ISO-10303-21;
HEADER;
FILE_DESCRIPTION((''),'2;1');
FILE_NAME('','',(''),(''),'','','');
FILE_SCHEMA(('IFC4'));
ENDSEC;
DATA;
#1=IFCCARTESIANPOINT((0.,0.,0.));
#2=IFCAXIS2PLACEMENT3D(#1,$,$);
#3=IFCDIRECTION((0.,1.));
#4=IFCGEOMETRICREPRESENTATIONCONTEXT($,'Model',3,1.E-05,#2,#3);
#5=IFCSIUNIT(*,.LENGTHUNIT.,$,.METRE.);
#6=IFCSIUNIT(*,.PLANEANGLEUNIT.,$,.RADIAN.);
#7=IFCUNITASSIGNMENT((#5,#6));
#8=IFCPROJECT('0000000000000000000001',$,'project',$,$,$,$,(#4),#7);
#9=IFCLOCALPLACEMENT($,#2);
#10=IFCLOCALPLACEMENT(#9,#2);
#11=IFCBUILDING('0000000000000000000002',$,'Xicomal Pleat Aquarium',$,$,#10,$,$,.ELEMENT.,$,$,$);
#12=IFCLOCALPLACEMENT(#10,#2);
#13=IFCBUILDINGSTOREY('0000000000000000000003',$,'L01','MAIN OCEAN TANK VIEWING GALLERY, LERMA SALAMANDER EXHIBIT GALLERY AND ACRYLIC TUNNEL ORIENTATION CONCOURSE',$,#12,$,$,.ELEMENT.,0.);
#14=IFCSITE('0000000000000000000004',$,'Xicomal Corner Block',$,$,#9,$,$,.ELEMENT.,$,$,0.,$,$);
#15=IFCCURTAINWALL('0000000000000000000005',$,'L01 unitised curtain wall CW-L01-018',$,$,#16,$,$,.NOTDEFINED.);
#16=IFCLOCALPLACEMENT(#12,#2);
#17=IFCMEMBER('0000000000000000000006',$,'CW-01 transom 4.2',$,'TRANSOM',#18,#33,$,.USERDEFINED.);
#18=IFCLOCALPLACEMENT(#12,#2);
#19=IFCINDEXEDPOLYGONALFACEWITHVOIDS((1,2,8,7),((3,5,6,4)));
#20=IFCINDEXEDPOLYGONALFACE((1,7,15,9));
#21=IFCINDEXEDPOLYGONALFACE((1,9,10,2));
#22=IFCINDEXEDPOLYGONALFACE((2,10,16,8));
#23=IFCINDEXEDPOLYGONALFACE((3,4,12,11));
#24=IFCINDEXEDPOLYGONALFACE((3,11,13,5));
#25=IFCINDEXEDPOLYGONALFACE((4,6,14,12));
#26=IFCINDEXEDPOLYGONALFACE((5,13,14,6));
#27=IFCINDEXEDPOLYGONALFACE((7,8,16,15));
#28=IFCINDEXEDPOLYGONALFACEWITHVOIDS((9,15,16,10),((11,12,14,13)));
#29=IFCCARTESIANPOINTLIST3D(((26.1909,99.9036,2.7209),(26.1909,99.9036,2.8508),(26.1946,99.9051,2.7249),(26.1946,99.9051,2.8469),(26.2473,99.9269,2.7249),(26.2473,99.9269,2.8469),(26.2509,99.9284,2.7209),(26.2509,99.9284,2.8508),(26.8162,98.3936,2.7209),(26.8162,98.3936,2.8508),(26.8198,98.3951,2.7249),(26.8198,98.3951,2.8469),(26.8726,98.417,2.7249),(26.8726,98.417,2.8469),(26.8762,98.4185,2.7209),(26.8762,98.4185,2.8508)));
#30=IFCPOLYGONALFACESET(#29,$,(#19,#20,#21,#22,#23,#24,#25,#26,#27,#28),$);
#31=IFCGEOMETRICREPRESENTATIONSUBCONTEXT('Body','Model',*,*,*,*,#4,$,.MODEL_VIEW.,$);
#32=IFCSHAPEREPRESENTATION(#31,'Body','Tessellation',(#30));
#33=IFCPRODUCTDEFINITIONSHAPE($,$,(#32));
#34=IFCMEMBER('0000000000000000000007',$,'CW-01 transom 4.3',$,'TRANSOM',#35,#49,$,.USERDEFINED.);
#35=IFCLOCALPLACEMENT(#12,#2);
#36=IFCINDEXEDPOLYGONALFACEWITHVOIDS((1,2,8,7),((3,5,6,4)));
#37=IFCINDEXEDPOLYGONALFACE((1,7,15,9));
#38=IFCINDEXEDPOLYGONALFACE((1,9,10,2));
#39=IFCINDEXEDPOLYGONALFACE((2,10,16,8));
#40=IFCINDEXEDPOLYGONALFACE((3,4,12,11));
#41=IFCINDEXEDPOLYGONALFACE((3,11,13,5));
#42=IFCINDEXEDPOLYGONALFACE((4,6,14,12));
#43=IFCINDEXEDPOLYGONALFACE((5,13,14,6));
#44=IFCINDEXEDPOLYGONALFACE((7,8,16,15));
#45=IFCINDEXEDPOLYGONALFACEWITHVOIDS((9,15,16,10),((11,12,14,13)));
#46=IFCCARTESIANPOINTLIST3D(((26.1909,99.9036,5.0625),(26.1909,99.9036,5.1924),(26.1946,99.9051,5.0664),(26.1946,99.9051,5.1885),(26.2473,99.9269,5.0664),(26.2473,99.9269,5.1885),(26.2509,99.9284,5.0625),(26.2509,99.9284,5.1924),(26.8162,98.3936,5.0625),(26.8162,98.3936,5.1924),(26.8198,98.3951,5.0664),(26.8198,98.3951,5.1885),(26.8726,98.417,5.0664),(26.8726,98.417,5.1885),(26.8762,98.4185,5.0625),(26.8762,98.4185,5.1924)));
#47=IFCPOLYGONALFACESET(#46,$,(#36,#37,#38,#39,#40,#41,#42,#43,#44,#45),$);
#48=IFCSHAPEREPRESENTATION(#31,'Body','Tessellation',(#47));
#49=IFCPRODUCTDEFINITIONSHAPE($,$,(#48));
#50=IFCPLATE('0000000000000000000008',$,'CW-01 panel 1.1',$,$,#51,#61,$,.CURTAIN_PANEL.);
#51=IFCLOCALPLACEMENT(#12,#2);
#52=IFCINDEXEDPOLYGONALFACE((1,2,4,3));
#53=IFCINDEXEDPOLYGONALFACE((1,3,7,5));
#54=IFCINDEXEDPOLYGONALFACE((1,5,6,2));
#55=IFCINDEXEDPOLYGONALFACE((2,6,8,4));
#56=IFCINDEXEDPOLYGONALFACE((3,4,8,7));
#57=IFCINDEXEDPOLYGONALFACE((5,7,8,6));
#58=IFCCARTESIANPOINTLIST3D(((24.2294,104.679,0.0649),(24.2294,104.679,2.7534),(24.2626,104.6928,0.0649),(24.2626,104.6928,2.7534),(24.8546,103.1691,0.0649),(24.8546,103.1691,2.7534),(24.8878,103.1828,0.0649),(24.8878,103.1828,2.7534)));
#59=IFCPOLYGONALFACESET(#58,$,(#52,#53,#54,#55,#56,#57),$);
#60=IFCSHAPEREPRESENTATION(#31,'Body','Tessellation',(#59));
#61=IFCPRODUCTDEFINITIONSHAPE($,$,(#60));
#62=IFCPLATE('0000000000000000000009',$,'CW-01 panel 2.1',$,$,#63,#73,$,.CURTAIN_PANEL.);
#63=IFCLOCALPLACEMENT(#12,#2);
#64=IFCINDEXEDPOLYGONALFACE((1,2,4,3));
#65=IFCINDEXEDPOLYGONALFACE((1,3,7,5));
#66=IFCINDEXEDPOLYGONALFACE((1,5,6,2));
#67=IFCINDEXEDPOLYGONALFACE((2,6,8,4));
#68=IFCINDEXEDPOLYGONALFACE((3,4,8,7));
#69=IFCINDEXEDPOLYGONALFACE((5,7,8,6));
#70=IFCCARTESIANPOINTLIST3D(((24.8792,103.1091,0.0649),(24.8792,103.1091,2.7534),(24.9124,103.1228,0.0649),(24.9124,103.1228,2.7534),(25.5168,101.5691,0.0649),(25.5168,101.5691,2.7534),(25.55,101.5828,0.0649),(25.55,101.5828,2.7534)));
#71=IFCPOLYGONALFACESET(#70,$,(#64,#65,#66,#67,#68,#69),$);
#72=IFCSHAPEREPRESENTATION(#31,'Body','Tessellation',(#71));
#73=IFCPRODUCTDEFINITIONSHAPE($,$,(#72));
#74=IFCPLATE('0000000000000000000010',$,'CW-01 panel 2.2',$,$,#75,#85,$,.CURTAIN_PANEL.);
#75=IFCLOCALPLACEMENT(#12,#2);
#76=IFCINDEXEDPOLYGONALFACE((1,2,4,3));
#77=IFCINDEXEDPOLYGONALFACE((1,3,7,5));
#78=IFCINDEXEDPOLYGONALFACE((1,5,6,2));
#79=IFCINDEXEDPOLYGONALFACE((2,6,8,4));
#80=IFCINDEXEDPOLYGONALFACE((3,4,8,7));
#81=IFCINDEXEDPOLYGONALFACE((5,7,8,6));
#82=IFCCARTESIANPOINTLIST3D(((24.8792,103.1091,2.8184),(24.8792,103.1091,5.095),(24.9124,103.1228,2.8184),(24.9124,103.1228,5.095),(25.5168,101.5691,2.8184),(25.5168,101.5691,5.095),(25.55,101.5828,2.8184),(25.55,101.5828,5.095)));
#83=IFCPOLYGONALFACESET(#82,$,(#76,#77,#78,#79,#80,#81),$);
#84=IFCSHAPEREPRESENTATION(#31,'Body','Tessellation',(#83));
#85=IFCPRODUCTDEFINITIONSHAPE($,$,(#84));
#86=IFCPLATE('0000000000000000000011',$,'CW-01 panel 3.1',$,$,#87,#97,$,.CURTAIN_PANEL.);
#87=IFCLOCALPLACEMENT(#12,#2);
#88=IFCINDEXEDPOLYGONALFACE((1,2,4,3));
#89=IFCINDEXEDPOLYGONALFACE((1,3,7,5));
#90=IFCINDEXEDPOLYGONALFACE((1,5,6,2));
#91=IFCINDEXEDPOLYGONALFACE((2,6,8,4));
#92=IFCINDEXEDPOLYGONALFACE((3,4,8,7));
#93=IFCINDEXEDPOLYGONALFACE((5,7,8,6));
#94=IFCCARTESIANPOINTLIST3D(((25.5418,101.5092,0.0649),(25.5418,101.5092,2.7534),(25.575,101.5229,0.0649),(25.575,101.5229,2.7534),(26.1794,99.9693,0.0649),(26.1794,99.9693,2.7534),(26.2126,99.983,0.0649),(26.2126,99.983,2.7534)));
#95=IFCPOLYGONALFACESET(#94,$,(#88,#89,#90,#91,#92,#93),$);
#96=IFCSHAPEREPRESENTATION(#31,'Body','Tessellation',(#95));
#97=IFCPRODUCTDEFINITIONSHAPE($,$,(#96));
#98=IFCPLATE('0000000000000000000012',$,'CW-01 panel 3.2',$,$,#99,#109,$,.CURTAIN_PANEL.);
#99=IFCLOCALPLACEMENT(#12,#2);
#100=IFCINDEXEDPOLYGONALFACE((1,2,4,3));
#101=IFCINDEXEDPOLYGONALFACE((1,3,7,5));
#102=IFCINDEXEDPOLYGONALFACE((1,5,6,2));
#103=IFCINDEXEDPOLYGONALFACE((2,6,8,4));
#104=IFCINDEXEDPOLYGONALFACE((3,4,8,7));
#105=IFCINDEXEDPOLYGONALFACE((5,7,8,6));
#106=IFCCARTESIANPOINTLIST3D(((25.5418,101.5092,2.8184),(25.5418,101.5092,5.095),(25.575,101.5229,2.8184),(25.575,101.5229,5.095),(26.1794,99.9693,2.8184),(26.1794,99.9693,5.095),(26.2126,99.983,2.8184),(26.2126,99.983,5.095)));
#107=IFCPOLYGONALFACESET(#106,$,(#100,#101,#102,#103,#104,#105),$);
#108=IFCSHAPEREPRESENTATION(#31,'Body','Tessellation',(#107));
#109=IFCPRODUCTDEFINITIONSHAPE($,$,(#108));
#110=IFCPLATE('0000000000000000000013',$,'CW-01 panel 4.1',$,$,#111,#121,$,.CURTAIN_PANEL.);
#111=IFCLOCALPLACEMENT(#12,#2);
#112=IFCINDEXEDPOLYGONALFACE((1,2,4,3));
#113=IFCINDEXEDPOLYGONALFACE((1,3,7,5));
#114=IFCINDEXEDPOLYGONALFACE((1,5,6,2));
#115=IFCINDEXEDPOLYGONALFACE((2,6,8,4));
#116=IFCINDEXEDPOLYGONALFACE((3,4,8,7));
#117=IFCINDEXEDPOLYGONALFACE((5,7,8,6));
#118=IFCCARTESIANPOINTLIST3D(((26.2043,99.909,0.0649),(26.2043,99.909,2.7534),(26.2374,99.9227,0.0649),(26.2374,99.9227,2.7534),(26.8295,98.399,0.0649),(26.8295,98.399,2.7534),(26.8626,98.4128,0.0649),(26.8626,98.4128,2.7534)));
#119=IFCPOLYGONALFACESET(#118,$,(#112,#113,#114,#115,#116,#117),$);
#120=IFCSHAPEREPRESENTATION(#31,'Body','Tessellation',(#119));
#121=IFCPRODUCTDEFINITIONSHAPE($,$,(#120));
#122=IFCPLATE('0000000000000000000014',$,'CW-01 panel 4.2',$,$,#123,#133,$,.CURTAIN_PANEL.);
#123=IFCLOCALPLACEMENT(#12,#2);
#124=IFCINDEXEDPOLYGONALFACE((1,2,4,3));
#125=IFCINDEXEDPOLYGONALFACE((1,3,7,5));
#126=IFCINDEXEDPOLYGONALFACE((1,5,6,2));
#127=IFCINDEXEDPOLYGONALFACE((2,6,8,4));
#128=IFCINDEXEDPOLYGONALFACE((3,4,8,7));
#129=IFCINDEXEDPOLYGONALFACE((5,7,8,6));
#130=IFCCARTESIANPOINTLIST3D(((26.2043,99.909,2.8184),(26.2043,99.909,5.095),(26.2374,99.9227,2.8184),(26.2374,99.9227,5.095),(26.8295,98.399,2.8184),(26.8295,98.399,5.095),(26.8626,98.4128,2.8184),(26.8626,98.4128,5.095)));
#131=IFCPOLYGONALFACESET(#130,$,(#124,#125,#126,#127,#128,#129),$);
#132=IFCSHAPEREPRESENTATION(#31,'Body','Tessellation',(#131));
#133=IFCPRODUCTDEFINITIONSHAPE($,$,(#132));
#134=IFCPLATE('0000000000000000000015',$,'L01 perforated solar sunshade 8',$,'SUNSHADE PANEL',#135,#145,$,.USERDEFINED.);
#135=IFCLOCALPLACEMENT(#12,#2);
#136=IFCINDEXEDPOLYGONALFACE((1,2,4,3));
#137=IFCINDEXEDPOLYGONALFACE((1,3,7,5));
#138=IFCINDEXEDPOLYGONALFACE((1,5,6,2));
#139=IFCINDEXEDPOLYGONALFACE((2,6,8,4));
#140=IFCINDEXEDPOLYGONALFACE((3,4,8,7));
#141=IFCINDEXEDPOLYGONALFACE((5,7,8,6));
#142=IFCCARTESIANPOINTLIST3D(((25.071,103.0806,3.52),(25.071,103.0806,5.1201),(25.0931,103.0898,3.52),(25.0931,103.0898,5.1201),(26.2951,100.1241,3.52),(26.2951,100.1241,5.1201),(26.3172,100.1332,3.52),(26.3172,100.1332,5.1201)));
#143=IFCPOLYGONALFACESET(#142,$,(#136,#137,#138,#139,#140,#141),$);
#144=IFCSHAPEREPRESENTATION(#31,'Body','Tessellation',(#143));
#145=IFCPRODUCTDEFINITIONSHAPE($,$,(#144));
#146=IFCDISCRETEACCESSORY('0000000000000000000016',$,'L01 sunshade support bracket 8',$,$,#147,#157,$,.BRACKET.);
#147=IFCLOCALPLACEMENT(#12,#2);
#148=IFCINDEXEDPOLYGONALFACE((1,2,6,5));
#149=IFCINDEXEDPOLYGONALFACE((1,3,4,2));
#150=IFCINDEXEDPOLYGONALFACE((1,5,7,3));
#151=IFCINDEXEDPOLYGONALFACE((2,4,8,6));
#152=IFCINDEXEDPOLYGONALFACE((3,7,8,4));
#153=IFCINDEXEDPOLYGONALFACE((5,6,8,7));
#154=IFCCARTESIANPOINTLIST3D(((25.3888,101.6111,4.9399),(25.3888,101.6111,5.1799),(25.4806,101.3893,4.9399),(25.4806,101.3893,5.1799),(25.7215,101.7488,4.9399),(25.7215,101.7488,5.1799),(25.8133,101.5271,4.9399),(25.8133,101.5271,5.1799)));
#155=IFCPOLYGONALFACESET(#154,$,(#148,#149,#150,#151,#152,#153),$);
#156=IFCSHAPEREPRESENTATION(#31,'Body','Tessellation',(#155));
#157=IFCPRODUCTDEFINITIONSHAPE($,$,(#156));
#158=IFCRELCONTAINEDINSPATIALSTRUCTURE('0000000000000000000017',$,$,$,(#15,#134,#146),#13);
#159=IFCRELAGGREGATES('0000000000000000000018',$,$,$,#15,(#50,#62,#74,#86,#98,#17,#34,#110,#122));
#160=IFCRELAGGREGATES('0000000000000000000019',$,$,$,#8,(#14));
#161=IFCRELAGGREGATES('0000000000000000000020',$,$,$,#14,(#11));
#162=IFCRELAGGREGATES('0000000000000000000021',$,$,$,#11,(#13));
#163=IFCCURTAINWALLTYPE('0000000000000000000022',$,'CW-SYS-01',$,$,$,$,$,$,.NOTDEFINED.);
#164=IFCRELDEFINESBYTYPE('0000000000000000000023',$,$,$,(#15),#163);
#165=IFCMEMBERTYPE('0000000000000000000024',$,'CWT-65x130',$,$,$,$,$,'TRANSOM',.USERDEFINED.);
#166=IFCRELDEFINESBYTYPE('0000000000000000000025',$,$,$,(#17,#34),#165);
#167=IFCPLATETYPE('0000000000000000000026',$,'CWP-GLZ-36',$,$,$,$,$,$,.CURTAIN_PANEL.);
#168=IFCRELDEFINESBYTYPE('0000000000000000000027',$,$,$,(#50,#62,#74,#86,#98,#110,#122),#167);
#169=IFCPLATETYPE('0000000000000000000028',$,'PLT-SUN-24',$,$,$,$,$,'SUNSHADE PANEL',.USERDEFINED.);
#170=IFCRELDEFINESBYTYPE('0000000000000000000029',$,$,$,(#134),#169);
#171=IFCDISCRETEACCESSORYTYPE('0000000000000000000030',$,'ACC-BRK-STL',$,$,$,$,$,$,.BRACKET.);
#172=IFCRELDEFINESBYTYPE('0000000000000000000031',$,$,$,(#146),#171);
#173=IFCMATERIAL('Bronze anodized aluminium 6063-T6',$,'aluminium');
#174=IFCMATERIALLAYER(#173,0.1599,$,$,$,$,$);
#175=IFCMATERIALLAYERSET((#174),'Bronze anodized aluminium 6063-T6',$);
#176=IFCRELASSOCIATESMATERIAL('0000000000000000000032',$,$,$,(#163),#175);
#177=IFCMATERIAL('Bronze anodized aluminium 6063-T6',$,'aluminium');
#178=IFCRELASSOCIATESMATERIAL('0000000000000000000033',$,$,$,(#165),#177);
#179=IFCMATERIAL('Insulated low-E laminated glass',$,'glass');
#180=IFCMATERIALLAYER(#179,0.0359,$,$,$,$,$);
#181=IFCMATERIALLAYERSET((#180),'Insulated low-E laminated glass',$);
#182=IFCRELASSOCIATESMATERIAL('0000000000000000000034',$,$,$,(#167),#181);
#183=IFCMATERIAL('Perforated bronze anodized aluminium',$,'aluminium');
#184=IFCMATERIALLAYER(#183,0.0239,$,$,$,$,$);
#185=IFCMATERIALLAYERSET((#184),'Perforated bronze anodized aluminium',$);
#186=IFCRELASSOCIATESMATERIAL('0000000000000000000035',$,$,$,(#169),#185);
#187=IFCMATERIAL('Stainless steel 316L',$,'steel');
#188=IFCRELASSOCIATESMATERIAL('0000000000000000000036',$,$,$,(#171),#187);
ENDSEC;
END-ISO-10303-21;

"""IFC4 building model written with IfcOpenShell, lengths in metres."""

from ifc_helpers import new_model, si_unit, direction, frame, origin, origin_2d, place, context, subcontext, project, spatial, rectangle, hollow_rectangle, extrude, material, layer, layer_set, material_profile, profile_set, type_object, element, aggregate, save


model = new_model("IFC4")

# Units and contexts
model_context = context("Model", 3, precision=1e-05, world=origin(), true_north=direction((0.0, 1.0)))
body_context = subcontext(model_context, "Body", "Model", "MODEL_VIEW")
ifc_project = project(units=[si_unit("LENGTHUNIT", "METRE"), si_unit("PLANEANGLEUNIT", "RADIAN")], contexts=[model_context])

# Site, building, storey
site_placement = place(None, origin())
site = spatial("IfcSite", under=ifc_project, at=site_placement, Name="Xicomal Corner Block", CompositionType="ELEMENT", RefElevation=0.0)
building_placement = place(site_placement, origin())
building = spatial("IfcBuilding", under=site, at=building_placement, Name="Xicomal Pleat Aquarium", CompositionType="ELEMENT")
storey_placement = place(building_placement, origin())
storey = spatial("IfcBuildingStorey", under=building, at=storey_placement, Name="L01", Description="MAIN OCEAN TANK VIEWING GALLERY, LERMA SALAMANDER EXHIBIT GALLERY AND ACRYLIC TUNNEL ORIENTATION CONCOURSE", CompositionType="ELEMENT", Elevation=0.0)

# Curtain wall, members, plates
ifc_material_1 = material(Name="Bronze anodized aluminium 6063-T6", Category="aluminium")
ifc_layer_1 = layer(ifc_material_1, 0.1599)
ifc_layer_set_1 = layer_set([ifc_layer_1], Name="Bronze anodized aluminium 6063-T6")
curtain_wall_type = type_object("IfcCurtainWallType", Name="CW-SYS-01", PredefinedType="NOTDEFINED", material=ifc_layer_set_1)
curtain_wall_placement = place(storey_placement, origin())
curtain_wall = element("IfcCurtainWall", 1, at=curtain_wall_placement, inside=storey, type_object=curtain_wall_type, Name="L01 unitised curtain wall CW-L01-018", PredefinedType="NOTDEFINED")
ifc_material_2 = material(Name="Bronze anodized aluminium 6063-T6", Category="aluminium")
ifc_material_profile_1 = material_profile(ifc_material_2, hollow_rectangle(XDim=0.0649, YDim=0.1299, WallThickness=0.0039, at=origin_2d()), Name="ALU TRAN 65x130")
ifc_profile_set_1 = profile_set([ifc_material_profile_1], Name="Bronze anodized aluminium 6063-T6")
member_type_1 = type_object("IfcMemberType", Name="CWT-65x130", ElementType="TRANSOM", PredefinedType="USERDEFINED", material=ifc_profile_set_1)
member_1_placement = place(storey_placement, frame((26.2209, 99.916, 2.7859), z_axis=(0.382567, -0.923928, 0.0), x_axis=(0.923928, 0.382567, 0.0)))
member_1 = element("IfcMember", 2, at=member_1_placement, type_object=member_type_1, Name="CW-01 transom 4.2", ObjectType="TRANSOM", PredefinedType="USERDEFINED", context=body_context, shape_type="SweptSolid", body=[
    extrude(hollow_rectangle(XDim=0.0649, YDim=0.1299, WallThickness=0.0039, at=origin_2d()), origin(), (0.0, 0.0, 1.0), 1.6343),
])
member_2_placement = place(storey_placement, frame((26.2209, 99.916, 5.1274), z_axis=(0.382567, -0.923928, 0.0), x_axis=(0.923928, 0.382567, 0.0)))
member_2 = element("IfcMember", 3, at=member_2_placement, type_object=member_type_1, Name="CW-01 transom 4.3", ObjectType="TRANSOM", PredefinedType="USERDEFINED", context=body_context, shape_type="SweptSolid", body=[
    extrude(hollow_rectangle(XDim=0.0649, YDim=0.1299, WallThickness=0.0039, at=origin_2d()), origin(), (0.0, 0.0, 1.0), 1.6343),
])
ifc_material_3 = material(Name="Insulated low-E laminated glass", Category="glass")
ifc_layer_2 = layer(ifc_material_3, 0.0359)
ifc_layer_set_2 = layer_set([ifc_layer_2], Name="Insulated low-E laminated glass")
plate_type_1 = type_object("IfcPlateType", Name="CWP-GLZ-36", PredefinedType="CURTAIN_PANEL", material=ifc_layer_set_2)
plate_1_placement = place(storey_placement, frame((24.5586, 103.9309, 0.0649), z_axis=(0.0, 0.0, 1.0), x_axis=(0.382564, -0.923929, 0.0)))
plate_1 = element("IfcPlate", 4, at=plate_1_placement, type_object=plate_type_1, Name="CW-01 panel 1.1", PredefinedType="CURTAIN_PANEL", context=body_context, shape_type="SweptSolid", body=[
    extrude(rectangle(XDim=1.6343, YDim=0.0359, at=origin_2d()), origin(), (0.0, 0.0, 1.0), 2.6885),
])
plate_2_placement = place(storey_placement, frame((25.2146, 102.3459, 0.0649), z_axis=(0.0, 0.0, 1.0), x_axis=(0.382564, -0.923929, 0.0)))
plate_2 = element("IfcPlate", 5, at=plate_2_placement, type_object=plate_type_1, Name="CW-01 panel 2.1", PredefinedType="CURTAIN_PANEL", context=body_context, shape_type="SweptSolid", body=[
    extrude(rectangle(XDim=1.6667, YDim=0.0359, at=origin_2d()), origin(), (0.0, 0.0, 1.0), 2.6885),
])
plate_3_placement = place(storey_placement, frame((25.2146, 102.3459, 2.8184), z_axis=(0.0, 0.0, 1.0), x_axis=(0.382564, -0.923929, 0.0)))
plate_3 = element("IfcPlate", 6, at=plate_3_placement, type_object=plate_type_1, Name="CW-01 panel 2.2", PredefinedType="CURTAIN_PANEL", context=body_context, shape_type="SweptSolid", body=[
    extrude(rectangle(XDim=1.6667, YDim=0.0359, at=origin_2d()), origin(), (0.0, 0.0, 1.0), 2.2766),
])
plate_4_placement = place(storey_placement, frame((25.8772, 100.7461, 0.0649), z_axis=(0.0, 0.0, 1.0), x_axis=(0.382564, -0.923929, 0.0)))
plate_4 = element("IfcPlate", 7, at=plate_4_placement, type_object=plate_type_1, Name="CW-01 panel 3.1", PredefinedType="CURTAIN_PANEL", context=body_context, shape_type="SweptSolid", body=[
    extrude(rectangle(XDim=1.6667, YDim=0.0359, at=origin_2d()), origin(), (0.0, 0.0, 1.0), 2.6885),
])
plate_5_placement = place(storey_placement, frame((25.8772, 100.7461, 2.8184), z_axis=(0.0, 0.0, 1.0), x_axis=(0.382564, -0.923929, 0.0)))
plate_5 = element("IfcPlate", 8, at=plate_5_placement, type_object=plate_type_1, Name="CW-01 panel 3.2", PredefinedType="CURTAIN_PANEL", context=body_context, shape_type="SweptSolid", body=[
    extrude(rectangle(XDim=1.6667, YDim=0.0359, at=origin_2d()), origin(), (0.0, 0.0, 1.0), 2.2766),
])
plate_6_placement = place(storey_placement, frame((26.5334, 99.1609, 0.0649), z_axis=(0.0, 0.0, 1.0), x_axis=(0.382564, -0.923929, 0.0)))
plate_6 = element("IfcPlate", 9, at=plate_6_placement, type_object=plate_type_1, Name="CW-01 panel 4.1", PredefinedType="CURTAIN_PANEL", context=body_context, shape_type="SweptSolid", body=[
    extrude(rectangle(XDim=1.6343, YDim=0.0359, at=origin_2d()), origin(), (0.0, 0.0, 1.0), 2.6885),
])
plate_7_placement = place(storey_placement, frame((26.5334, 99.1609, 2.8184), z_axis=(0.0, 0.0, 1.0), x_axis=(0.382564, -0.923929, 0.0)))
plate_7 = element("IfcPlate", 10, at=plate_7_placement, type_object=plate_type_1, Name="CW-01 panel 4.2", PredefinedType="CURTAIN_PANEL", context=body_context, shape_type="SweptSolid", body=[
    extrude(rectangle(XDim=1.6343, YDim=0.0359, at=origin_2d()), origin(), (0.0, 0.0, 1.0), 2.2766),
])
aggregate(curtain_wall, [plate_1, plate_2, plate_3, plate_4, plate_5, member_1, member_2, plate_6, plate_7])

# Plate
ifc_material_4 = material(Name="Perforated bronze anodized aluminium", Category="aluminium")
ifc_layer_3 = layer(ifc_material_4, 0.0239)
ifc_layer_set_3 = layer_set([ifc_layer_3], Name="Perforated bronze anodized aluminium")
plate_type_2 = type_object("IfcPlateType", Name="PLT-SUN-24", ElementType="SUNSHADE PANEL", PredefinedType="USERDEFINED", material=ifc_layer_set_3)
plate_8_placement = place(storey_placement, frame((25.6941, 101.6069, 3.52), z_axis=(0.0, 0.0, 1.0), x_axis=(0.382522, -0.923946, 0.0)))
element("IfcPlate", 11, at=plate_8_placement, inside=storey, type_object=plate_type_2, Name="L01 perforated solar sunshade 8", ObjectType="SUNSHADE PANEL", PredefinedType="USERDEFINED", context=body_context, shape_type="SweptSolid", body=[
    extrude(rectangle(XDim=3.2, YDim=0.0239, at=origin_2d()), origin(), (0.0, 0.0, 1.0), 1.6001),
])

# Discrete accessory
ifc_material_5 = material(Name="Stainless steel 316L", Category="steel")
discrete_accessory_type = type_object("IfcDiscreteAccessoryType", Name="ACC-BRK-STL", PredefinedType="BRACKET", material=ifc_material_5)
discrete_accessory_placement = place(storey_placement, frame((25.6011, 101.5691, 4.9399), z_axis=(0.0, 0.0, 1.0), x_axis=(0.382522, -0.923946, 0.0)))
element("IfcDiscreteAccessory", 12, at=discrete_accessory_placement, inside=storey, type_object=discrete_accessory_type, Name="L01 sunshade support bracket 8", PredefinedType="BRACKET", context=body_context, shape_type="SweptSolid", body=[
    extrude(rectangle(XDim=0.24, YDim=0.3601, at=origin_2d()), origin(), (0.0, 0.0, 1.0), 0.24),
])

save(model, "model.ifc")
